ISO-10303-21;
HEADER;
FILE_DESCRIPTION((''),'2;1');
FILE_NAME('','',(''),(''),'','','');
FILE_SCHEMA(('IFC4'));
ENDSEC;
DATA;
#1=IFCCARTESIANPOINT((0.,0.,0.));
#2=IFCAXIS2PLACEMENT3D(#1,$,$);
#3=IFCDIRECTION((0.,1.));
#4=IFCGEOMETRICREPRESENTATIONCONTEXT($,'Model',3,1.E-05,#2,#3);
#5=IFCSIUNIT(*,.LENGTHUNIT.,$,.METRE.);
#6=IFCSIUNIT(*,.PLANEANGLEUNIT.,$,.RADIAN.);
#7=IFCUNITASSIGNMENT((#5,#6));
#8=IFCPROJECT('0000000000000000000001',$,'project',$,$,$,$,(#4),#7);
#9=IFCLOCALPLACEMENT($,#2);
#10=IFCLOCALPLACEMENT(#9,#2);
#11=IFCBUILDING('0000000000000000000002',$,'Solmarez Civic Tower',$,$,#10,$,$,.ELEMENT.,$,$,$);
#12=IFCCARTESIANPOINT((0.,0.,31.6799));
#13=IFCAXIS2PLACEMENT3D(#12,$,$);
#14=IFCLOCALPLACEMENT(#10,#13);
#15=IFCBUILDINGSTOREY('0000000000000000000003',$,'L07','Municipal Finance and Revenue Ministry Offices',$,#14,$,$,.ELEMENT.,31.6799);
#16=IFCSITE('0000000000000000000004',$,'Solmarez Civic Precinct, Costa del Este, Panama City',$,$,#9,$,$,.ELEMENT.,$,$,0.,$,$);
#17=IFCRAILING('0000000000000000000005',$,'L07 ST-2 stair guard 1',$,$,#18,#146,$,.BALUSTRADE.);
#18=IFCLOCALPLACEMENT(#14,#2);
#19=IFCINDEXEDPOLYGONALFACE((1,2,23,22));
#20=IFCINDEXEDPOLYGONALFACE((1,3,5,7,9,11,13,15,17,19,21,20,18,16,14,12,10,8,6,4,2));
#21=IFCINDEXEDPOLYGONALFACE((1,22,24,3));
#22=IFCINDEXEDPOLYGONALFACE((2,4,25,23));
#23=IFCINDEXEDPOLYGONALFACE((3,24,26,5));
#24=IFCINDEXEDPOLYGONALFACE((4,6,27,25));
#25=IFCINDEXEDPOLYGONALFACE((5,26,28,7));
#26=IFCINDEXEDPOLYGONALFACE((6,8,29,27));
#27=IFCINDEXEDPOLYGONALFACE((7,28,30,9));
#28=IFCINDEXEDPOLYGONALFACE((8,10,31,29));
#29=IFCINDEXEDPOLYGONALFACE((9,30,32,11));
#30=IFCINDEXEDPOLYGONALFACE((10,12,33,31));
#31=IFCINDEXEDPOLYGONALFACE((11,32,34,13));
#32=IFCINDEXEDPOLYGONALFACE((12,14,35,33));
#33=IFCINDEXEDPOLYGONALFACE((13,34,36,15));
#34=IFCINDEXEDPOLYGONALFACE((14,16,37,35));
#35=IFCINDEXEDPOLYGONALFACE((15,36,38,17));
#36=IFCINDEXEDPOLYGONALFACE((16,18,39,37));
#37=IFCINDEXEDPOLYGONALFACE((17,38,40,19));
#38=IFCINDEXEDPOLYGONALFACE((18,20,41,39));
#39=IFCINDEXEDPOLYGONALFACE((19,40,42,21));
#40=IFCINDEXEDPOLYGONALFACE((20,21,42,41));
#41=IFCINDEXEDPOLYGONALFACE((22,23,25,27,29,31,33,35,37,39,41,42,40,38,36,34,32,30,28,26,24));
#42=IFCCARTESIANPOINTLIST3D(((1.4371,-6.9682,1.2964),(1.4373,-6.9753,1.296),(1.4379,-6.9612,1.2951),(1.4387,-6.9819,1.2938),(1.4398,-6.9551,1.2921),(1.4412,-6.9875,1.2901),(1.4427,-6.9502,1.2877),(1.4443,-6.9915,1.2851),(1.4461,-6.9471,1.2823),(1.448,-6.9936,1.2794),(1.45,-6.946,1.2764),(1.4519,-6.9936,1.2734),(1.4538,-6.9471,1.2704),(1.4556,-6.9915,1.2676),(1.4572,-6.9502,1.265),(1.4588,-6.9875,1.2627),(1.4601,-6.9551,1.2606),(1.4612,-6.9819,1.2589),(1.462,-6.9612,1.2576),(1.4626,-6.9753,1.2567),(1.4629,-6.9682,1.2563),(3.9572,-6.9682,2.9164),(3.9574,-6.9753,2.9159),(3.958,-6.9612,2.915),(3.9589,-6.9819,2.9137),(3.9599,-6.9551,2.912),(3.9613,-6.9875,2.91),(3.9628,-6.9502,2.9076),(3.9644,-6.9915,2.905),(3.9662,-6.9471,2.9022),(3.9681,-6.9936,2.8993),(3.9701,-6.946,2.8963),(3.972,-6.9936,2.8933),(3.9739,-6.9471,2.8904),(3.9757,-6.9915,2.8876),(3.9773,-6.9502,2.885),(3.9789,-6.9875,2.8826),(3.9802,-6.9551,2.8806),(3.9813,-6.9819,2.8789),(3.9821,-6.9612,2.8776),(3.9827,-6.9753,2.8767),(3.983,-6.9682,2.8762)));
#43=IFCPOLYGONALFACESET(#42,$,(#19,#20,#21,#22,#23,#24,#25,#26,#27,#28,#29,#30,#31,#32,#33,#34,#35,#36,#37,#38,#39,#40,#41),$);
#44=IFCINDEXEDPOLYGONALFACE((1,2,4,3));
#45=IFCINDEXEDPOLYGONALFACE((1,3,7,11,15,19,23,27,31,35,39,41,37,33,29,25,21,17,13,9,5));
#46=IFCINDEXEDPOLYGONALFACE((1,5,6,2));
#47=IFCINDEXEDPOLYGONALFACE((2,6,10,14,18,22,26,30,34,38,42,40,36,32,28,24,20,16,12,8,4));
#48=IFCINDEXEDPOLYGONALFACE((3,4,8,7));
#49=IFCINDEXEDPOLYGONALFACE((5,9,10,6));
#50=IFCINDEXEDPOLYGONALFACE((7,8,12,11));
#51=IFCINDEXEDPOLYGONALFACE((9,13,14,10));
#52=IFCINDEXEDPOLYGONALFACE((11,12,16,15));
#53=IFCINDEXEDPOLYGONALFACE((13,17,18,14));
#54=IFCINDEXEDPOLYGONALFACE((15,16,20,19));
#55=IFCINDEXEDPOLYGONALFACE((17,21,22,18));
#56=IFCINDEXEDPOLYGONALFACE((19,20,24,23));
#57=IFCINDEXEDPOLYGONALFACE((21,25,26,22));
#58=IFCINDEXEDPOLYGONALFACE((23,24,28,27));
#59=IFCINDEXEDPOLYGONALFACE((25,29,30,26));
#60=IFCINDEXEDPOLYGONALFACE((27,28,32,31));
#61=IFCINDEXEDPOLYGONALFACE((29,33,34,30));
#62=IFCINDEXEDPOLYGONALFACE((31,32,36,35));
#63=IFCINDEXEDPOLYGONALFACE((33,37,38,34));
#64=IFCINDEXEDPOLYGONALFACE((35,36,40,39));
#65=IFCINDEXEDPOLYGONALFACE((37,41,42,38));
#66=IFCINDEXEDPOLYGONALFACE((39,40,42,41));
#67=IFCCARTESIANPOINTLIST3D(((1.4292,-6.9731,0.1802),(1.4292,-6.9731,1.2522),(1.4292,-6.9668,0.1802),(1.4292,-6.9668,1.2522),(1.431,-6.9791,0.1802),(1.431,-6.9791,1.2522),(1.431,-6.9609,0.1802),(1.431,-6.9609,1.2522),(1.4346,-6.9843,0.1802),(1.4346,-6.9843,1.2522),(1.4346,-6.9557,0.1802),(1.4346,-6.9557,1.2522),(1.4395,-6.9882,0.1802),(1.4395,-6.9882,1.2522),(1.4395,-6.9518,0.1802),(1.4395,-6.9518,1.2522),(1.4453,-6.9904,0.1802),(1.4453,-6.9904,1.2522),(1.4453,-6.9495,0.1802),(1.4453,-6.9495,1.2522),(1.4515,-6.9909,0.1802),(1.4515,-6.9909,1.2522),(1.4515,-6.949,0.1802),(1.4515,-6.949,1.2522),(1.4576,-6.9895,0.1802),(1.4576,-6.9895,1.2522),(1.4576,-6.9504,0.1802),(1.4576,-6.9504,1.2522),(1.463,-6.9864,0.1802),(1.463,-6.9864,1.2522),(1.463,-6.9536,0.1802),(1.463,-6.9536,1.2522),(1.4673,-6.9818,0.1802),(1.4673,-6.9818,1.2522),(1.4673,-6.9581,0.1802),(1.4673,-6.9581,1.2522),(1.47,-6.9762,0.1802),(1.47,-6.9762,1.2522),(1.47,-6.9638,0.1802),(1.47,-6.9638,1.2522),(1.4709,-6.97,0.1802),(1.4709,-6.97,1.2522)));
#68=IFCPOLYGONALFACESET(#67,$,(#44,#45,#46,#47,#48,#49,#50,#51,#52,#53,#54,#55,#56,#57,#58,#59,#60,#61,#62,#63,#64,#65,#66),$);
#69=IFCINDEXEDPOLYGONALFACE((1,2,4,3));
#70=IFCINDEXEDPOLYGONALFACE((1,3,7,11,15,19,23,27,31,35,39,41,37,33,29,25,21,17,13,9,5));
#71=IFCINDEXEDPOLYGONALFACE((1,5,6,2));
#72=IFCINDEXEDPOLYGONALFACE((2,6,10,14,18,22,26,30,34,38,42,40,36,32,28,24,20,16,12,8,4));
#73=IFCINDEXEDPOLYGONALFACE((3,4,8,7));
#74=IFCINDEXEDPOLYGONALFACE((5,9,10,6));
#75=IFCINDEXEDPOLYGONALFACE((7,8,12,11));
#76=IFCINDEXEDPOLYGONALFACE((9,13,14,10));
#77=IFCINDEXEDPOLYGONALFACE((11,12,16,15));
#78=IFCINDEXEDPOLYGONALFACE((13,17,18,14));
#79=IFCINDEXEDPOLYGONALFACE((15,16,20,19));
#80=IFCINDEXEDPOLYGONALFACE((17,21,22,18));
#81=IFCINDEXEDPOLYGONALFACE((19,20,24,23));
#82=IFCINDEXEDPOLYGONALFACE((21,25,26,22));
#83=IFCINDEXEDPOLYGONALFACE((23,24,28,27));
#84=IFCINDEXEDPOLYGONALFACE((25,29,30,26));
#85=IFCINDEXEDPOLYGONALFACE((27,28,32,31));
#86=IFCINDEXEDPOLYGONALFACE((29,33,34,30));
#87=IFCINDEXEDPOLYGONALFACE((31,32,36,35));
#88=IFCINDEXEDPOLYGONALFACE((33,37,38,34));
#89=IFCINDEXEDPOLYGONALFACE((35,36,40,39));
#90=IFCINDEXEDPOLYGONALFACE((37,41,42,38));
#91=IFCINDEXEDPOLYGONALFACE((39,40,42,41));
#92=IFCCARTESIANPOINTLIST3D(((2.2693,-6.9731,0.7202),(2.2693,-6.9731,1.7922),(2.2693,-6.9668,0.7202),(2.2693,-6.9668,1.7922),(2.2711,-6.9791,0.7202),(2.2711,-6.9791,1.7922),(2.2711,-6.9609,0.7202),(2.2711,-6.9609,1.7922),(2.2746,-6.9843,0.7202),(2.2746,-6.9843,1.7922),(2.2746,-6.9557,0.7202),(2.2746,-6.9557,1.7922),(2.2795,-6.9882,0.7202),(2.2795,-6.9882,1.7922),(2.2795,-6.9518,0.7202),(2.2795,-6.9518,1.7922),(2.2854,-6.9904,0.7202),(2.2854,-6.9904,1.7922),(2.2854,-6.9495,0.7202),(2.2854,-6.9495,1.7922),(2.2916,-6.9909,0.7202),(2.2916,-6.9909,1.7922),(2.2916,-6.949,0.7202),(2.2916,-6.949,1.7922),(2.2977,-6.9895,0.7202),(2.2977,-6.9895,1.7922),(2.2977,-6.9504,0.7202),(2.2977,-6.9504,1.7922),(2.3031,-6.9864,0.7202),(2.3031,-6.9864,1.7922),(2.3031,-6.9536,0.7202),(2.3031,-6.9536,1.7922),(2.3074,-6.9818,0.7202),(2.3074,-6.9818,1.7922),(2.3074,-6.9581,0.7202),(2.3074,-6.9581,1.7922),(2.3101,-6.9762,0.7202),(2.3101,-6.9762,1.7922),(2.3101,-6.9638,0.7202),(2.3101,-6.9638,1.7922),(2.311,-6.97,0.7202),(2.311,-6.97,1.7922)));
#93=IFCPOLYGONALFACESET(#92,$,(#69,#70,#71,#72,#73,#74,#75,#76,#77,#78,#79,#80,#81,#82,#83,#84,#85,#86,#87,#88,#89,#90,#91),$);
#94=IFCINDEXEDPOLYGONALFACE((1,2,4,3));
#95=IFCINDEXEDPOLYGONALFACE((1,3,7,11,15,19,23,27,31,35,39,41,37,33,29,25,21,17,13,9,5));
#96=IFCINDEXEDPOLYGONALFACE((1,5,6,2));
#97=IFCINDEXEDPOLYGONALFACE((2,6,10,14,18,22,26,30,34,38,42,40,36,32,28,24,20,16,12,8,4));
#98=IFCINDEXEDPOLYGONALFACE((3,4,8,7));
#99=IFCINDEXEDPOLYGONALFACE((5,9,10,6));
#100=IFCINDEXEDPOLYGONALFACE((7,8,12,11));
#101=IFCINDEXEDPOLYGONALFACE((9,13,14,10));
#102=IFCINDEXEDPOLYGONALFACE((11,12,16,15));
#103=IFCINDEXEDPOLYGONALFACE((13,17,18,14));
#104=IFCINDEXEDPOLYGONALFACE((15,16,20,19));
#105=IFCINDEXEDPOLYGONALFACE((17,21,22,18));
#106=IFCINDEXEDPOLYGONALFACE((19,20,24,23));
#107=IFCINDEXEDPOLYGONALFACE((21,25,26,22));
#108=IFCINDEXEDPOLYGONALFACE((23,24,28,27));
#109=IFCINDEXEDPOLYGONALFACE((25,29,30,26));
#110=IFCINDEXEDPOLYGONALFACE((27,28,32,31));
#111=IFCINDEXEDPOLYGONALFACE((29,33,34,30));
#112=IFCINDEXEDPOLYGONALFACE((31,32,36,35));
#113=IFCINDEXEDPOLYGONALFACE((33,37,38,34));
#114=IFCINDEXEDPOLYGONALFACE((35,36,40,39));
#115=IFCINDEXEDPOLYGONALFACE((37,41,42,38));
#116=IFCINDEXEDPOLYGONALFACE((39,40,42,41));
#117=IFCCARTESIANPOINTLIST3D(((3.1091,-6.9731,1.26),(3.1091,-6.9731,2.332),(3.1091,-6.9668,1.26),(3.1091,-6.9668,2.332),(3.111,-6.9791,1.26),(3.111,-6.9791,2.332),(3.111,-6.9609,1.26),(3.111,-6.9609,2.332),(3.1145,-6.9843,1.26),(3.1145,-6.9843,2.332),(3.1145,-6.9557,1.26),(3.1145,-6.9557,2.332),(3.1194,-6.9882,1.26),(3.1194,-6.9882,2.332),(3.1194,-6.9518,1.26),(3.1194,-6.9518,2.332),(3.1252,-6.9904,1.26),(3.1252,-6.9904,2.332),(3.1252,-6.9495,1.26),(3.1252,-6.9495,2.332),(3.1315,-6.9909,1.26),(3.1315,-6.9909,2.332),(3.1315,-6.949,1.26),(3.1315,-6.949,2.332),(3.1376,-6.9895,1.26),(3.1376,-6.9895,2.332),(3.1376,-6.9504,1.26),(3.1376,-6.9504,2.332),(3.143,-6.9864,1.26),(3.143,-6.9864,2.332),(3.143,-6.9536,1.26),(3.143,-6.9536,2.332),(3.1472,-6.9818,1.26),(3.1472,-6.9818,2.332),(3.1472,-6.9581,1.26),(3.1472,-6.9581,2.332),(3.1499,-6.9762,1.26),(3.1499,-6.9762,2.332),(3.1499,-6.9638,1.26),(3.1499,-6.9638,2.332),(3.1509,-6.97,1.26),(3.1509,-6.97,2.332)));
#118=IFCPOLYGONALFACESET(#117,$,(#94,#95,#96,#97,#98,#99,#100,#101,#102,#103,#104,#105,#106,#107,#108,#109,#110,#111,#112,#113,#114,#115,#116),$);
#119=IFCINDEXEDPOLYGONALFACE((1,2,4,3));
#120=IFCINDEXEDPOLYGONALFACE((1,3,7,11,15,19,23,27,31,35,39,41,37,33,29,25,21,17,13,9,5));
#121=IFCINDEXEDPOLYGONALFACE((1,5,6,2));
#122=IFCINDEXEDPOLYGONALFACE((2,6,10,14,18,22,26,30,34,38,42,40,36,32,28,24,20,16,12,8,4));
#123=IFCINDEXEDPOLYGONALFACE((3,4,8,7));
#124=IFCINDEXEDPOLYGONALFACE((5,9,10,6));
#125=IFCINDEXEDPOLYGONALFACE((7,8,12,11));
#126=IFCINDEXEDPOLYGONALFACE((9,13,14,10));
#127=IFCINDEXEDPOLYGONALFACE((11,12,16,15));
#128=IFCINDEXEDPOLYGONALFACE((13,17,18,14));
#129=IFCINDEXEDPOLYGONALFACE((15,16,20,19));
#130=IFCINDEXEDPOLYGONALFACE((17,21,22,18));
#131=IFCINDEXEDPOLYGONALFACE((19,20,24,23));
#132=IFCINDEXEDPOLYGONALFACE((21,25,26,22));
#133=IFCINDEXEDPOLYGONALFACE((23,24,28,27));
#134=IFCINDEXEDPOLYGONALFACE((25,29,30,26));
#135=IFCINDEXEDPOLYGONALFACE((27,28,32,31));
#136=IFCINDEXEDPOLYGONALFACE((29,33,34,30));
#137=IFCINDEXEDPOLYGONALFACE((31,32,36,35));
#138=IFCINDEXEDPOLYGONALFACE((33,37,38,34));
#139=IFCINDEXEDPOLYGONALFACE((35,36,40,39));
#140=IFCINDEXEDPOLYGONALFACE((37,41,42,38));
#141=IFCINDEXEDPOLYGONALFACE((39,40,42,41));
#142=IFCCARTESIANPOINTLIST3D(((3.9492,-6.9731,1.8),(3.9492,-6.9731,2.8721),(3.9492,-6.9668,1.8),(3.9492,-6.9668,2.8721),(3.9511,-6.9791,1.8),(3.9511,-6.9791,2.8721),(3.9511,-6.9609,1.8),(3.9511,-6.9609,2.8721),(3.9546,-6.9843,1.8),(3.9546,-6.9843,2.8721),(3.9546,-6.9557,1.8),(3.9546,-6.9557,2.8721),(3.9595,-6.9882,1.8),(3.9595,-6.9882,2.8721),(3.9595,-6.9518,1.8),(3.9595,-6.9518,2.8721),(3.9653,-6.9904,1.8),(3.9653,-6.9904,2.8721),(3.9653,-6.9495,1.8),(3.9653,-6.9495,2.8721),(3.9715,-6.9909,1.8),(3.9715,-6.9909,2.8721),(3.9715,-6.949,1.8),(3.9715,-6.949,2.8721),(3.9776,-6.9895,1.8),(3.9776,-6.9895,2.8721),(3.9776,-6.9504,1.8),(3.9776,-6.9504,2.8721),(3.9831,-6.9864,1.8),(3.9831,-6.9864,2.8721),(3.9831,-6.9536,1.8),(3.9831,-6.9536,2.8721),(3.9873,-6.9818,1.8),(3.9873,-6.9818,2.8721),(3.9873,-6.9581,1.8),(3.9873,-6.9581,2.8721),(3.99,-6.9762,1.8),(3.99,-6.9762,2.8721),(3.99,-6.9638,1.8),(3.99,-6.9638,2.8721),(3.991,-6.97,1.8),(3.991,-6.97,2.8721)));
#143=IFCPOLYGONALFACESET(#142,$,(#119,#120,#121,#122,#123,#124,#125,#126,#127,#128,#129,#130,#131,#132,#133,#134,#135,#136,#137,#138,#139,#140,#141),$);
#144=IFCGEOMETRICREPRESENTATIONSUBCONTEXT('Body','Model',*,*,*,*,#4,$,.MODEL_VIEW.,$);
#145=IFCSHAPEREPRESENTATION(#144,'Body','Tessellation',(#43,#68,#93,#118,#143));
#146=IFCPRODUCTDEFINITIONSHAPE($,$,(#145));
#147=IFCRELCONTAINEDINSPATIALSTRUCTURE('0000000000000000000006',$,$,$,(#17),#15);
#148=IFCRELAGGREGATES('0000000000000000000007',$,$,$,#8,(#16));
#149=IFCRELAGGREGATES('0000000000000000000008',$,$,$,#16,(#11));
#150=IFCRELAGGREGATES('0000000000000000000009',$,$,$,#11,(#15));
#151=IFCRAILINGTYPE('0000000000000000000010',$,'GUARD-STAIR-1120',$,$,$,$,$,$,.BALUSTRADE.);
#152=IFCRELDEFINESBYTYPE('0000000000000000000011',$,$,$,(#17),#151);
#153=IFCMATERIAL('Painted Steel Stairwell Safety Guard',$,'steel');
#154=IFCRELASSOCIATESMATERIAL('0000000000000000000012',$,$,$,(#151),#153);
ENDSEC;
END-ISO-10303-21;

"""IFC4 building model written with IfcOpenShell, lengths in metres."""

from ifc_helpers import new_model, si_unit, direction, frame, origin, origin_2d, place, context, subcontext, project, spatial, circle, extrude, material, type_object, element, save


model = new_model("IFC4")

# Units and contexts
model_context = context("Model", 3, precision=1e-05, world=origin(), true_north=direction((0.0, 1.0)))
body_context = subcontext(model_context, "Body", "Model", "MODEL_VIEW")
ifc_project = project(units=[si_unit("LENGTHUNIT", "METRE"), si_unit("PLANEANGLEUNIT", "RADIAN")], contexts=[model_context])

# Site, building, storey
site_placement = place(None, origin())
site = spatial("IfcSite", under=ifc_project, at=site_placement, Name="Solmarez Civic Precinct, Costa del Este, Panama City", CompositionType="ELEMENT", RefElevation=0.0)
building_placement = place(site_placement, origin())
building = spatial("IfcBuilding", under=site, at=building_placement, Name="Solmarez Civic Tower", CompositionType="ELEMENT")
storey_placement = place(building_placement, frame((0.0, 0.0, 31.6799)))
storey = spatial("IfcBuildingStorey", under=building, at=storey_placement, Name="L07", Description="Municipal Finance and Revenue Ministry Offices", CompositionType="ELEMENT", Elevation=31.6799)

# Railing
ifc_material_1 = material(Name="Painted Steel Stairwell Safety Guard", Category="steel")
railing_type_1 = type_object("IfcRailingType", Name="GUARD-STAIR-1120", PredefinedType="BALUSTRADE", material=ifc_material_1)
railing_1_placement = place(storey_placement, frame((1.45, -6.97, 0.1802)))
element("IfcRailing", 1, at=railing_1_placement, inside=storey, type_object=railing_type_1, Name="L07 ST-2 stair guard 1", PredefinedType="BALUSTRADE", context=body_context, shape_type="SweptSolid", body=[
    extrude(circle(Radius=0.0239, at=origin_2d()), frame((0.0, 0.0, 1.0962), z_axis=(0.8412, 0.0, 0.540725), x_axis=(0.0, 1.0, 0.0)), (0.0, 0.0, 1.0), 2.9958),
    extrude(circle(Radius=0.021, at=origin_2d()), origin(), (0.0, 0.0, 1.0), 1.072),
    extrude(circle(Radius=0.021, at=origin_2d()), frame((0.8401, 0.0, 0.54)), (0.0, 0.0, 1.0), 1.072),
    extrude(circle(Radius=0.021, at=origin_2d()), frame((1.6799, 0.0, 1.0798)), (0.0, 0.0, 1.0), 1.072),
    extrude(circle(Radius=0.021, at=origin_2d()), frame((2.52, 0.0, 1.6199)), (0.0, 0.0, 1.0), 1.072),
])

save(model, "model.ifc")
